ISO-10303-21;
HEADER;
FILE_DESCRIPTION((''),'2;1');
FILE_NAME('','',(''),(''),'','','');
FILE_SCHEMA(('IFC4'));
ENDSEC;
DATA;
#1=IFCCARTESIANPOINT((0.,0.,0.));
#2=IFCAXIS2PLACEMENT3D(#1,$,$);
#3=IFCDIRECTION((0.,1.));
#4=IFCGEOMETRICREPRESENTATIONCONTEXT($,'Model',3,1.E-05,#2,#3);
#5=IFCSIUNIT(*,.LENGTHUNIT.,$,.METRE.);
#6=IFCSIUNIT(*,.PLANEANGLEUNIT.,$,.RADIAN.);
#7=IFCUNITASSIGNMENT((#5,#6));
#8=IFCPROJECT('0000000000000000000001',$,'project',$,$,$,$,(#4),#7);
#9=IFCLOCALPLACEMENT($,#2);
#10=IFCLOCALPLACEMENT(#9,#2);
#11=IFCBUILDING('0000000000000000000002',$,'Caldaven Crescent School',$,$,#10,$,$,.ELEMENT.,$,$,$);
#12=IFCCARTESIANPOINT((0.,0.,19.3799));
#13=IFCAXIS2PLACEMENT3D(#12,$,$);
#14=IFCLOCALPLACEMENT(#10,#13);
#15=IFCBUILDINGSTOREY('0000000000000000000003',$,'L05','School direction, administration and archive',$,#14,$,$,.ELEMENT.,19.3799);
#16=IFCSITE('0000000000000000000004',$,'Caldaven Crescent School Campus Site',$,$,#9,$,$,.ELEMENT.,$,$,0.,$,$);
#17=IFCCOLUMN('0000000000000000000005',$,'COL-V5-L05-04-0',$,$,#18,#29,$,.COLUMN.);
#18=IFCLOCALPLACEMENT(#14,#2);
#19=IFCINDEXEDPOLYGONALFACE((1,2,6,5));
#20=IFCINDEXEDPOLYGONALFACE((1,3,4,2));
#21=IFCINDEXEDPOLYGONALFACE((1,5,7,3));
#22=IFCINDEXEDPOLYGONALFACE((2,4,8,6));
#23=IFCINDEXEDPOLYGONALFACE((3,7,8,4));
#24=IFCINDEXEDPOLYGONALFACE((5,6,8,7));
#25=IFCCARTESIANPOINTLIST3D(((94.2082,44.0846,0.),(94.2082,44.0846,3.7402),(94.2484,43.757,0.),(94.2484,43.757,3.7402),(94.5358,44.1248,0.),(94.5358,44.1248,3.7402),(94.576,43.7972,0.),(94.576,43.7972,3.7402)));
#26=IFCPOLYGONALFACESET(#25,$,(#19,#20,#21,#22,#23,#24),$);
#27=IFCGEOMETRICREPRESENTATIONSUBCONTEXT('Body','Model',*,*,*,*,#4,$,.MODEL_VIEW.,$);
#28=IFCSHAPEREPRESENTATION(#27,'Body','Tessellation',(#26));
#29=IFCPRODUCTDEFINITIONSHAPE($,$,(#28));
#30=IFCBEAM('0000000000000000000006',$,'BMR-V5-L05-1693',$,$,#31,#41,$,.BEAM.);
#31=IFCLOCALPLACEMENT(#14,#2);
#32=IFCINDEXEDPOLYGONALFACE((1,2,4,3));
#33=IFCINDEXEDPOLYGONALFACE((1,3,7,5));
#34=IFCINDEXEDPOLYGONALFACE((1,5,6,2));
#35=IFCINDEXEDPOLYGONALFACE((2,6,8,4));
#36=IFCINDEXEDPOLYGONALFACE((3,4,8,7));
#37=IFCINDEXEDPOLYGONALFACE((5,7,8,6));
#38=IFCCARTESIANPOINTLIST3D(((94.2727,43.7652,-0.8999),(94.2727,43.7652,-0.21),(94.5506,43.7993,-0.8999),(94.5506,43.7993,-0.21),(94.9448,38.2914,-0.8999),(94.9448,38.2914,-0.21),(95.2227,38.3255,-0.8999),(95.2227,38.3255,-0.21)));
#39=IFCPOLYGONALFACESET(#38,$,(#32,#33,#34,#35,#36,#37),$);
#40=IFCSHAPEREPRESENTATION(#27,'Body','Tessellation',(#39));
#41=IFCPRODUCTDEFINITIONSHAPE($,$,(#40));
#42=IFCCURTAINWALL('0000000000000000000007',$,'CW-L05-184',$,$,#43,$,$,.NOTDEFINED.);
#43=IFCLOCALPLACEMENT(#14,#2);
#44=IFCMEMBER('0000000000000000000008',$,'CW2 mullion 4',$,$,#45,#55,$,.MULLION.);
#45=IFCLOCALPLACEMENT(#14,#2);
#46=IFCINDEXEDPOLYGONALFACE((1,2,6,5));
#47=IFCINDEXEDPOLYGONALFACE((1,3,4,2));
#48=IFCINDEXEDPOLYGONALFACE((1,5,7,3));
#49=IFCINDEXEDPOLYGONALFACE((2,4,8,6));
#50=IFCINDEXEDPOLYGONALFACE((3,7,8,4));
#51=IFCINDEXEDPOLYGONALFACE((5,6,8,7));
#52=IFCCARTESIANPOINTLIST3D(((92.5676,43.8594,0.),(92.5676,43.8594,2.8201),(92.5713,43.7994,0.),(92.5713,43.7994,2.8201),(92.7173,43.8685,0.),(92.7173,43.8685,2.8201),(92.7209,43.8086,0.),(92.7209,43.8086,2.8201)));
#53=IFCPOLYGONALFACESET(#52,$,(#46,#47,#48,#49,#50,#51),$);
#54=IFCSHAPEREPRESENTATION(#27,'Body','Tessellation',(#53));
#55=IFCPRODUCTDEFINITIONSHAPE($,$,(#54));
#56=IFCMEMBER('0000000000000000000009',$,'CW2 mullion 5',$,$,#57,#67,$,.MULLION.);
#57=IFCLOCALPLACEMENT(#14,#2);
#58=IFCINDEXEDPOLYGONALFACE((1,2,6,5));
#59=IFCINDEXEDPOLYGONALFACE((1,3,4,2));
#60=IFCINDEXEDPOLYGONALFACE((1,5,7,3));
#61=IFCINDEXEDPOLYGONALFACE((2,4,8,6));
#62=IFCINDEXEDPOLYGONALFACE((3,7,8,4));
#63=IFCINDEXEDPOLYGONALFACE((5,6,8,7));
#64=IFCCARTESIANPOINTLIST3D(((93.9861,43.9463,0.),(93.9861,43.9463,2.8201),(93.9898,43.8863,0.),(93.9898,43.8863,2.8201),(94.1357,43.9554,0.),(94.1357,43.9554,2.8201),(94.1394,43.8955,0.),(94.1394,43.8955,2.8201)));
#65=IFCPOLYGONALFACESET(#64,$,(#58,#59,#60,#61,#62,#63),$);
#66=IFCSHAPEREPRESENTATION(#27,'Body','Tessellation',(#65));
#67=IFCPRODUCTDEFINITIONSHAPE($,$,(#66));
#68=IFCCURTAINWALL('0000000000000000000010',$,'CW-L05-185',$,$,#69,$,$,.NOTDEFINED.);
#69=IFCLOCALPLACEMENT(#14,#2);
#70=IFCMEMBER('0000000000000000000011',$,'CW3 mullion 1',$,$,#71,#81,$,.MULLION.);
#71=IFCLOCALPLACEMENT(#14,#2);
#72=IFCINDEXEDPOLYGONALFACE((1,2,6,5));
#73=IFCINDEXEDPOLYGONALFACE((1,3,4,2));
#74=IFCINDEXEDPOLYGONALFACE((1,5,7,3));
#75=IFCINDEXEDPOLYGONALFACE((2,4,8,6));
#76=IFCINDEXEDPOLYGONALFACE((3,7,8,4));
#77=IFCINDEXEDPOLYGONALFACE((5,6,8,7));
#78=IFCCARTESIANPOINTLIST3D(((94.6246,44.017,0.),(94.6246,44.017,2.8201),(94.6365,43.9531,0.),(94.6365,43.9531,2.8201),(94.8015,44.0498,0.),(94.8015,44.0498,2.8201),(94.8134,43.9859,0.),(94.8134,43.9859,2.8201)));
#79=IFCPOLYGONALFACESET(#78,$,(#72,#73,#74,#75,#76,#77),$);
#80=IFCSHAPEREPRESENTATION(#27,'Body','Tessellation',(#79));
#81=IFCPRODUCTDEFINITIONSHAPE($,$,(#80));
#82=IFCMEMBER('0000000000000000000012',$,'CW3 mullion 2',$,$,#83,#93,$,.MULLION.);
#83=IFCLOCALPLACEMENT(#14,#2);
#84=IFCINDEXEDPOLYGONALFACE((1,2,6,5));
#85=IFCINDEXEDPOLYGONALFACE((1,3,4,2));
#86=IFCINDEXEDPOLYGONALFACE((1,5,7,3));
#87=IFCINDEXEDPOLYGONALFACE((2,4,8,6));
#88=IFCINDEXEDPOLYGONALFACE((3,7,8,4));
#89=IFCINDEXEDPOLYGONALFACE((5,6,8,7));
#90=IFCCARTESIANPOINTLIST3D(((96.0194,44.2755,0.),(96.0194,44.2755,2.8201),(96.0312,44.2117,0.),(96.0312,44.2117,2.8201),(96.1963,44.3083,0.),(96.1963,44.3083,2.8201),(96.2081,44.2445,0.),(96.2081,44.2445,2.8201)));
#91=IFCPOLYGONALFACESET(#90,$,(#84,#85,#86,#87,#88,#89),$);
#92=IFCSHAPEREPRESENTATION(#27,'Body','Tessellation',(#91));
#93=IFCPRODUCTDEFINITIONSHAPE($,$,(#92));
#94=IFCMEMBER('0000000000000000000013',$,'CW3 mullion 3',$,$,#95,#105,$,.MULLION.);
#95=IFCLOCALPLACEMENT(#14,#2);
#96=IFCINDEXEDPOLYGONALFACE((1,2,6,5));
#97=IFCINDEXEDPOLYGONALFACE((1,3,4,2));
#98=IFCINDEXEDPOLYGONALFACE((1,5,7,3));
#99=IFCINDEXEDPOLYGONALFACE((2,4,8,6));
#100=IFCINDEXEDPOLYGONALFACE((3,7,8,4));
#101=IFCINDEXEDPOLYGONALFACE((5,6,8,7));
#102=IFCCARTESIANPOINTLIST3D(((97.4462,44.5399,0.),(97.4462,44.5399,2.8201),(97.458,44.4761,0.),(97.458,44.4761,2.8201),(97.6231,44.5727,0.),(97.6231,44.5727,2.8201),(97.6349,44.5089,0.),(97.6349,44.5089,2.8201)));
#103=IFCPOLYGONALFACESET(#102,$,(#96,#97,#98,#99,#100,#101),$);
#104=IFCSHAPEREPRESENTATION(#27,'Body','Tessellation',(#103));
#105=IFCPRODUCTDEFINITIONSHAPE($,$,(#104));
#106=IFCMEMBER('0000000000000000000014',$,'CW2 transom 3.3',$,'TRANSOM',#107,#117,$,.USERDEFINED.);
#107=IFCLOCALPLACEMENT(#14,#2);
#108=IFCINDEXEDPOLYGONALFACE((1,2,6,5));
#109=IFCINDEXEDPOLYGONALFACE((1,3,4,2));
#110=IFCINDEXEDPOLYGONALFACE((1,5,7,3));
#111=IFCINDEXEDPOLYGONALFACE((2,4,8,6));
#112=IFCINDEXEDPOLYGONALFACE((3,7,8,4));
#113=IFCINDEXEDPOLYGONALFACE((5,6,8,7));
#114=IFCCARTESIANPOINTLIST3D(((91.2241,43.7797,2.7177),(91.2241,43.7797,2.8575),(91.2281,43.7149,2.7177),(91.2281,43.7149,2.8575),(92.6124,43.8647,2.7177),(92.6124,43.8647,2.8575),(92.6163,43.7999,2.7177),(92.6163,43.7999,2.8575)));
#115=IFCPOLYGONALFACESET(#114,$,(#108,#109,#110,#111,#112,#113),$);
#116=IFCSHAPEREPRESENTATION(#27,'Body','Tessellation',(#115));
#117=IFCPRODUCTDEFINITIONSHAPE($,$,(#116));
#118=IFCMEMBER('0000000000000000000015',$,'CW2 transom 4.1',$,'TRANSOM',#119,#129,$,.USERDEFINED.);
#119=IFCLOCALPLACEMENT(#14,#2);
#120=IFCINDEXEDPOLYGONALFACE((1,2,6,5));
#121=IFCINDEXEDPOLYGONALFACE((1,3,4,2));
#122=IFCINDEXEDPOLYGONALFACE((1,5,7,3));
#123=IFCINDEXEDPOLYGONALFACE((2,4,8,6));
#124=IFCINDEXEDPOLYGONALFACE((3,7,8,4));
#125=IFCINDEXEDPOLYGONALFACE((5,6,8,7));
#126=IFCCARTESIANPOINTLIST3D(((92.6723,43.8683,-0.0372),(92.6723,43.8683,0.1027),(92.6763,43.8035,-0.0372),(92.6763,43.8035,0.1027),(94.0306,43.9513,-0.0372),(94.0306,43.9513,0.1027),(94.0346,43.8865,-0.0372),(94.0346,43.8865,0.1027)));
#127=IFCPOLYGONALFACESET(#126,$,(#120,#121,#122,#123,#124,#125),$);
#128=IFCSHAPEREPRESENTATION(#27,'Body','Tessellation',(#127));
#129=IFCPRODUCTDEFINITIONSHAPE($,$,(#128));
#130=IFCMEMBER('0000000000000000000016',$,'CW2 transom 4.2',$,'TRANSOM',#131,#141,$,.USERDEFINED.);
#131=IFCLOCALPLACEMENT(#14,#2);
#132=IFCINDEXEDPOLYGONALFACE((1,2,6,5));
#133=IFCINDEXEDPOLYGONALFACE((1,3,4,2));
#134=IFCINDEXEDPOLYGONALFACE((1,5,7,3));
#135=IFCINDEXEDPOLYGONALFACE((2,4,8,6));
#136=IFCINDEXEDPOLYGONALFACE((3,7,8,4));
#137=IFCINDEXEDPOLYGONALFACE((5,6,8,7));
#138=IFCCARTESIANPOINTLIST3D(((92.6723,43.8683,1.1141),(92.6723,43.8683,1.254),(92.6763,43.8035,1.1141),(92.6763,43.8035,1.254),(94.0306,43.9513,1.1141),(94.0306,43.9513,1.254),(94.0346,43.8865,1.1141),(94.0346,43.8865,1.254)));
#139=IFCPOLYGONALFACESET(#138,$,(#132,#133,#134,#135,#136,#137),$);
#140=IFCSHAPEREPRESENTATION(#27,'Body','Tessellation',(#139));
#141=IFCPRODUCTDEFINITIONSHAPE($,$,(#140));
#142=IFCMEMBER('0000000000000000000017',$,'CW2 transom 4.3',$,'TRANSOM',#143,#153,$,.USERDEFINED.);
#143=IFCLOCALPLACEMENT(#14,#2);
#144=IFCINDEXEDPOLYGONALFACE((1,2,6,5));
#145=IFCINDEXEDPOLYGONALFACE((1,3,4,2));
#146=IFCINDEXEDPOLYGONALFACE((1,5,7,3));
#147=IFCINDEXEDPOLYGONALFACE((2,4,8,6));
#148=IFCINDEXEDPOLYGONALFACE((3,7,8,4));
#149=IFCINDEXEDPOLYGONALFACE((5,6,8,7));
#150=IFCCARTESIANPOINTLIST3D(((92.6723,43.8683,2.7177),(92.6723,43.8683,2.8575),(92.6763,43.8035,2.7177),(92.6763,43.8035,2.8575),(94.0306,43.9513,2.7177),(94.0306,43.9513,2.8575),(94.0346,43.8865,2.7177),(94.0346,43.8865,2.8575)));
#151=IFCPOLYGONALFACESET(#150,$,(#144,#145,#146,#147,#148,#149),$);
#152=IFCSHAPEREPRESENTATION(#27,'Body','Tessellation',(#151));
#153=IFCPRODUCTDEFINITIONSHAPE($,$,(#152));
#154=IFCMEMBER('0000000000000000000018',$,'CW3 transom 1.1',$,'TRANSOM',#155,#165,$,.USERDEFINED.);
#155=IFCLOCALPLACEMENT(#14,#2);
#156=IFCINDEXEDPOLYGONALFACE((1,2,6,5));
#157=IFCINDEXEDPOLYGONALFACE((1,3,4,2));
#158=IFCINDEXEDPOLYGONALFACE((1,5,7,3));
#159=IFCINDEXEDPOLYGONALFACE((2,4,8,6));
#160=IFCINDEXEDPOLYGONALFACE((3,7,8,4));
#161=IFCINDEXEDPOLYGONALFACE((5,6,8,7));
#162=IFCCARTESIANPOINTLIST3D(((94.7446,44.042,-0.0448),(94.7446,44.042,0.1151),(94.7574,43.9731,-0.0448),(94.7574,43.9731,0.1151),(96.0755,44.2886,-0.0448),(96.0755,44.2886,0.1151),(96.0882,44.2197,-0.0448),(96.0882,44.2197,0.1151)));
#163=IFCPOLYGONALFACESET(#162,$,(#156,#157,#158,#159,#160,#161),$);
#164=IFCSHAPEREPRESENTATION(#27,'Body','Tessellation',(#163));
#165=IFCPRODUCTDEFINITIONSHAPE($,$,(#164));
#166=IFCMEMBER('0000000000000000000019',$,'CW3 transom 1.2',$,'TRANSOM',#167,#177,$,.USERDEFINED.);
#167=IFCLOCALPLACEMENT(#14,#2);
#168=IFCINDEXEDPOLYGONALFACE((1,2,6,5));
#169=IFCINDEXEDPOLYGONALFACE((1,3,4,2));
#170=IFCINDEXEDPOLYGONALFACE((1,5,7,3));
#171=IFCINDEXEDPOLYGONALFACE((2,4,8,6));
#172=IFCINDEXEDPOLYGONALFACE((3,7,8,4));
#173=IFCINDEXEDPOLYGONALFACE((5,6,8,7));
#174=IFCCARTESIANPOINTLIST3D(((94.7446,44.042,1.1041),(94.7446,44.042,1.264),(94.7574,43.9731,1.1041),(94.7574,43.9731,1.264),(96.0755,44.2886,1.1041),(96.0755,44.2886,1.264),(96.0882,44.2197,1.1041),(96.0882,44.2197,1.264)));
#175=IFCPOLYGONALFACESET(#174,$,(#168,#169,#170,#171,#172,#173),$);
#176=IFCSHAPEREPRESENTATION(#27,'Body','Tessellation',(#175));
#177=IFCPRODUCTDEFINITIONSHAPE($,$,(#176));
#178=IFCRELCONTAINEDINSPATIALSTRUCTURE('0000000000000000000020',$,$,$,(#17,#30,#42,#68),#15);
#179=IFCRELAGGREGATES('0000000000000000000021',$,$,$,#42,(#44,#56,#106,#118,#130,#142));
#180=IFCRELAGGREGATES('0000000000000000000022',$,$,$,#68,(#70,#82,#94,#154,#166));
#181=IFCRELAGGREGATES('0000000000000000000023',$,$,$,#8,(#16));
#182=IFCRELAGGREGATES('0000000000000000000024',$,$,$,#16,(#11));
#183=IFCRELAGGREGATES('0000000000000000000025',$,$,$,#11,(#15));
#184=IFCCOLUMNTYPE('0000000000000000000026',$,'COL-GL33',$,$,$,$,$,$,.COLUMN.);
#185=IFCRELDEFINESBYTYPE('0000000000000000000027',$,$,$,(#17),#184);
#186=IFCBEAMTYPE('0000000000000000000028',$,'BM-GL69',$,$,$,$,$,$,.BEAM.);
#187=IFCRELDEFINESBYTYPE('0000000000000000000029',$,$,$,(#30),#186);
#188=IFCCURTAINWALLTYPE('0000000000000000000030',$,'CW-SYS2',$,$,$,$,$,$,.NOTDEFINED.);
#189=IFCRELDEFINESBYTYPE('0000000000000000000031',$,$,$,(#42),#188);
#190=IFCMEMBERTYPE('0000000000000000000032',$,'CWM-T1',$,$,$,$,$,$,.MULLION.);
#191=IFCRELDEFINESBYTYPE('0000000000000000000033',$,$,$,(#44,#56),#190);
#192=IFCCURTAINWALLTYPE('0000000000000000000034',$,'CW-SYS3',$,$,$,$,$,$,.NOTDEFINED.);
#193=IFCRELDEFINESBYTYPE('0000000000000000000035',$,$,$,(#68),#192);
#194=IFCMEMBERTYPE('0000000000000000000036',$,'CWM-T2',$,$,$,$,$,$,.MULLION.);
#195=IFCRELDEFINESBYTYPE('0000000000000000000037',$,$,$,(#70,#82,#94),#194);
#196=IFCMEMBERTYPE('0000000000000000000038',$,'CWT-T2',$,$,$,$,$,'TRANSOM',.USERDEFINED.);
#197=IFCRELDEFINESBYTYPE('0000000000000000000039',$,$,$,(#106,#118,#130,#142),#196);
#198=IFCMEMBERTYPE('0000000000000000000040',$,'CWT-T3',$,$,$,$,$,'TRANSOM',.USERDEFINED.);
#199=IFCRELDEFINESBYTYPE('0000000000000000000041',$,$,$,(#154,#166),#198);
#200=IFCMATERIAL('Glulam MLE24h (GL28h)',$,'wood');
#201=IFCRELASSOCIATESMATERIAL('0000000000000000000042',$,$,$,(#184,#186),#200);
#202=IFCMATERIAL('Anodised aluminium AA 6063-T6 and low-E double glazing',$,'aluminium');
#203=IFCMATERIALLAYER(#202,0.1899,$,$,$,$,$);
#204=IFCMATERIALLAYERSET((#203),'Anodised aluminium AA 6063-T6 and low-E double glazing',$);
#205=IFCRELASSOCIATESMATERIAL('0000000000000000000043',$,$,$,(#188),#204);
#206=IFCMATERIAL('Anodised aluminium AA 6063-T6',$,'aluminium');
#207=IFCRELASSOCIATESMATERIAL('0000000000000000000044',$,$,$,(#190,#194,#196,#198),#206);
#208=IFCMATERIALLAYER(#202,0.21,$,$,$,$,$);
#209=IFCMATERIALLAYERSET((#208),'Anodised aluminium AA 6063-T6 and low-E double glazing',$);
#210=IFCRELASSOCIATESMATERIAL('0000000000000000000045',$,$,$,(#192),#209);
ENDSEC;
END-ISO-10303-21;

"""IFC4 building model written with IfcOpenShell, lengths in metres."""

from ifc_helpers import new_model, si_unit, direction, frame, origin, origin_2d, place, context, subcontext, project, spatial, rectangle, extrude, material, layer, layer_set, material_profile, profile_set, type_object, element, aggregate, save


model = new_model("IFC4")

# Units and contexts
model_context = context("Model", 3, precision=1e-05, world=origin(), true_north=direction((0.0, 1.0)))
body_context = subcontext(model_context, "Body", "Model", "MODEL_VIEW")
ifc_project = project(units=[si_unit("LENGTHUNIT", "METRE"), si_unit("PLANEANGLEUNIT", "RADIAN")], contexts=[model_context])

# Site, building, storey
site_placement = place(None, origin())
site = spatial("IfcSite", under=ifc_project, at=site_placement, Name="Caldaven Crescent School Campus Site", CompositionType="ELEMENT", RefElevation=0.0)
building_placement = place(site_placement, origin())
building = spatial("IfcBuilding", under=site, at=building_placement, Name="Caldaven Crescent School", CompositionType="ELEMENT")
storey_placement = place(building_placement, frame((0.0, 0.0, 19.3799)))
storey = spatial("IfcBuildingStorey", under=building, at=storey_placement, Name="L05", Description="School direction, administration and archive", CompositionType="ELEMENT", Elevation=19.3799)

# Column
ifc_material_1 = material(Name="Glulam MLE24h (GL28h)", Category="wood")
ifc_material_profile_1 = material_profile(ifc_material_1, rectangle(XDim=0.3301, YDim=0.3301, at=origin_2d()), Name="MLE 330x330")
ifc_profile_set_1 = profile_set([ifc_material_profile_1], Name="Glulam MLE24h (GL28h)")
column_type = type_object("IfcColumnType", Name="COL-GL33", PredefinedType="COLUMN", material=ifc_profile_set_1)
column_placement = place(storey_placement, frame((94.3921, 43.9409, 0.0), z_axis=(0.0, 0.0, 1.0), x_axis=(0.121869, -0.992546, 0.0)))
element("IfcColumn", 1, at=column_placement, inside=storey, type_object=column_type, Name="COL-V5-L05-04-0", PredefinedType="COLUMN", context=body_context, shape_type="SweptSolid", body=[
    extrude(rectangle(XDim=0.3301, YDim=0.3301, at=origin_2d()), origin(), (0.0, 0.0, 1.0), 3.7402),
])

# Beam
ifc_material_profile_2 = material_profile(ifc_material_1, rectangle(XDim=0.28, YDim=0.6899, at=origin_2d()), Name="MLE 280x690")
ifc_profile_set_2 = profile_set([ifc_material_profile_2], Name="Glulam MLE24h (GL28h)")
beam_type_1 = type_object("IfcBeamType", Name="BM-GL69", PredefinedType="BEAM", material=ifc_profile_set_2)
beam_1_placement = place(storey_placement, frame((94.4116, 43.7822, -0.5549), z_axis=(0.121871, -0.992546, 0.0), x_axis=(0.992546, 0.121871, 0.0)))
element("IfcBeam", 2, at=beam_1_placement, inside=storey, type_object=beam_type_1, Name="BMR-V5-L05-1693", PredefinedType="BEAM", context=body_context, shape_type="SweptSolid", body=[
    extrude(rectangle(XDim=0.28, YDim=0.6899, at=origin_2d()), origin(), (0.0, 0.0, 1.0), 5.5149),
])

# Curtain walls, members
ifc_material_2 = material(Name="Anodised aluminium AA 6063-T6 and low-E double glazing", Category="aluminium")
ifc_layer_1 = layer(ifc_material_2, 0.1899)
ifc_layer_set_1 = layer_set([ifc_layer_1], Name="Anodised aluminium AA 6063-T6 and low-E double glazing")
curtain_wall_type_1 = type_object("IfcCurtainWallType", Name="CW-SYS2", PredefinedType="NOTDEFINED", material=ifc_layer_set_1)
curtain_wall_1_placement = place(storey_placement, origin())
curtain_wall_1 = element("IfcCurtainWall", 3, at=curtain_wall_1_placement, inside=storey, type_object=curtain_wall_type_1, Name="CW-L05-184", PredefinedType="NOTDEFINED")
ifc_material_3 = material(Name="Anodised aluminium AA 6063-T6", Category="aluminium")
ifc_material_profile_3 = material_profile(ifc_material_3, rectangle(XDim=0.0601, YDim=0.1499, at=origin_2d()), Name="CWM 60x150")
ifc_profile_set_3 = profile_set([ifc_material_profile_3], Name="Anodised aluminium AA 6063-T6")
member_type_1 = type_object("IfcMemberType", Name="CWM-T1", PredefinedType="MULLION", material=ifc_profile_set_3)
member_1_placement = place(storey_placement, frame((92.6443, 43.834, 0.0), z_axis=(0.0, 0.0, 1.0), x_axis=(-0.061049, 0.998135, 0.0)))
member_1 = element("IfcMember", 4, at=member_1_placement, type_object=member_type_1, Name="CW2 mullion 4", PredefinedType="MULLION", context=body_context, shape_type="SweptSolid", body=[
    extrude(rectangle(XDim=0.0601, YDim=0.1499, at=origin_2d()), origin(), (0.0, 0.0, 1.0), 2.8201),
])
member_2_placement = place(storey_placement, frame((94.0627, 43.9209, 0.0), z_axis=(0.0, 0.0, 1.0), x_axis=(-0.061049, 0.998135, 0.0)))
member_2 = element("IfcMember", 5, at=member_2_placement, type_object=member_type_1, Name="CW2 mullion 5", PredefinedType="MULLION", context=body_context, shape_type="SweptSolid", body=[
    extrude(rectangle(XDim=0.0601, YDim=0.1499, at=origin_2d()), origin(), (0.0, 0.0, 1.0), 2.8201),
])
ifc_layer_2 = layer(ifc_material_2, 0.21)
ifc_layer_set_2 = layer_set([ifc_layer_2], Name="Anodised aluminium AA 6063-T6 and low-E double glazing")
curtain_wall_type_2 = type_object("IfcCurtainWallType", Name="CW-SYS3", PredefinedType="NOTDEFINED", material=ifc_layer_set_2)
curtain_wall_2_placement = place(storey_placement, origin())
curtain_wall_2 = element("IfcCurtainWall", 6, at=curtain_wall_2_placement, inside=storey, type_object=curtain_wall_type_2, Name="CW-L05-185", PredefinedType="NOTDEFINED")
ifc_material_profile_4 = material_profile(ifc_material_3, rectangle(XDim=0.0649, YDim=0.1799, at=origin_2d()), Name="CWM 65x180")
ifc_profile_set_4 = profile_set([ifc_material_profile_4], Name="Anodised aluminium AA 6063-T6")
member_type_2 = type_object("IfcMemberType", Name="CWM-T2", PredefinedType="MULLION", material=ifc_profile_set_4)
member_3_placement = place(storey_placement, frame((94.719, 44.0015, 0.0), z_axis=(0.0, 0.0, 1.0), x_axis=(-0.182236, 0.983255, 0.0)))
member_3 = element("IfcMember", 7, at=member_3_placement, type_object=member_type_2, Name="CW3 mullion 1", PredefinedType="MULLION", context=body_context, shape_type="SweptSolid", body=[
    extrude(rectangle(XDim=0.0649, YDim=0.1799, at=origin_2d()), origin(), (0.0, 0.0, 1.0), 2.8201),
])
member_4_placement = place(storey_placement, frame((96.1138, 44.26, 0.0), z_axis=(0.0, 0.0, 1.0), x_axis=(-0.182236, 0.983255, 0.0)))
member_4 = element("IfcMember", 8, at=member_4_placement, type_object=member_type_2, Name="CW3 mullion 2", PredefinedType="MULLION", context=body_context, shape_type="SweptSolid", body=[
    extrude(rectangle(XDim=0.0649, YDim=0.1799, at=origin_2d()), origin(), (0.0, 0.0, 1.0), 2.8201),
])
member_5_placement = place(storey_placement, frame((97.5405, 44.5244, 0.0), z_axis=(0.0, 0.0, 1.0), x_axis=(-0.182236, 0.983255, 0.0)))
member_5 = element("IfcMember", 9, at=member_5_placement, type_object=member_type_2, Name="CW3 mullion 3", PredefinedType="MULLION", context=body_context, shape_type="SweptSolid", body=[
    extrude(rectangle(XDim=0.0649, YDim=0.1799, at=origin_2d()), origin(), (0.0, 0.0, 1.0), 2.8201),
])

# Members
ifc_material_profile_5 = material_profile(ifc_material_3, rectangle(XDim=0.0649, YDim=0.1399, at=origin_2d()), Name="CWT 65x140")
ifc_profile_set_5 = profile_set([ifc_material_profile_5], Name="Anodised aluminium AA 6063-T6")
member_type_3 = type_object("IfcMemberType", Name="CWT-T2", ElementType="TRANSOM", PredefinedType="USERDEFINED", material=ifc_profile_set_5)
member_6_placement = place(storey_placement, frame((91.2261, 43.7473, 2.7876), z_axis=(0.998132, 0.061089, 0.0), x_axis=(-0.061089, 0.998132, 0.0)))
member_6 = element("IfcMember", 10, at=member_6_placement, type_object=member_type_3, Name="CW2 transom 3.3", ObjectType="TRANSOM", PredefinedType="USERDEFINED", context=body_context, shape_type="SweptSolid", body=[
    extrude(rectangle(XDim=0.0649, YDim=0.1399, at=origin_2d()), origin(), (0.0, 0.0, 1.0), 1.3909),
])
member_7_placement = place(storey_placement, frame((92.6743, 43.8359, 0.0327), z_axis=(0.998138, 0.060993, 0.0), x_axis=(-0.060993, 0.998138, 0.0)))
member_7 = element("IfcMember", 11, at=member_7_placement, type_object=member_type_3, Name="CW2 transom 4.1", ObjectType="TRANSOM", PredefinedType="USERDEFINED", context=body_context, shape_type="SweptSolid", body=[
    extrude(rectangle(XDim=0.0649, YDim=0.1399, at=origin_2d()), origin(), (0.0, 0.0, 1.0), 1.3608),
])
member_8_placement = place(storey_placement, frame((92.6743, 43.8359, 1.1841), z_axis=(0.998138, 0.060993, 0.0), x_axis=(-0.060993, 0.998138, 0.0)))
member_8 = element("IfcMember", 12, at=member_8_placement, type_object=member_type_3, Name="CW2 transom 4.2", ObjectType="TRANSOM", PredefinedType="USERDEFINED", context=body_context, shape_type="SweptSolid", body=[
    extrude(rectangle(XDim=0.0649, YDim=0.1399, at=origin_2d()), origin(), (0.0, 0.0, 1.0), 1.3608),
])
member_9_placement = place(storey_placement, frame((92.6743, 43.8359, 2.7876), z_axis=(0.998138, 0.060993, 0.0), x_axis=(-0.060993, 0.998138, 0.0)))
member_9 = element("IfcMember", 13, at=member_9_placement, type_object=member_type_3, Name="CW2 transom 4.3", ObjectType="TRANSOM", PredefinedType="USERDEFINED", context=body_context, shape_type="SweptSolid", body=[
    extrude(rectangle(XDim=0.0649, YDim=0.1399, at=origin_2d()), origin(), (0.0, 0.0, 1.0), 1.3608),
])
ifc_material_profile_6 = material_profile(ifc_material_3, rectangle(XDim=0.0701, YDim=0.1599, at=origin_2d()), Name="CWT 70x160")
ifc_profile_set_6 = profile_set([ifc_material_profile_6], Name="Anodised aluminium AA 6063-T6")
member_type_4 = type_object("IfcMemberType", Name="CWT-T3", ElementType="TRANSOM", PredefinedType="USERDEFINED", material=ifc_profile_set_6)
member_10_placement = place(storey_placement, frame((94.751, 44.0076, 0.0352), z_axis=(0.983264, 0.182186, 0.0), x_axis=(-0.182186, 0.983264, 0.0)))
member_10 = element("IfcMember", 14, at=member_10_placement, type_object=member_type_4, Name="CW3 transom 1.1", ObjectType="TRANSOM", PredefinedType="USERDEFINED", context=body_context, shape_type="SweptSolid", body=[
    extrude(rectangle(XDim=0.0701, YDim=0.1599, at=origin_2d()), origin(), (0.0, 0.0, 1.0), 1.3535),
])
member_11_placement = place(storey_placement, frame((94.751, 44.0076, 1.1841), z_axis=(0.983264, 0.182186, 0.0), x_axis=(-0.182186, 0.983264, 0.0)))
member_11 = element("IfcMember", 15, at=member_11_placement, type_object=member_type_4, Name="CW3 transom 1.2", ObjectType="TRANSOM", PredefinedType="USERDEFINED", context=body_context, shape_type="SweptSolid", body=[
    extrude(rectangle(XDim=0.0701, YDim=0.1599, at=origin_2d()), origin(), (0.0, 0.0, 1.0), 1.3535),
])

aggregate(curtain_wall_1, [member_1, member_2, member_6, member_7, member_8, member_9])
aggregate(curtain_wall_2, [member_3, member_4, member_5, member_10, member_11])

save(model, "model.ifc")
